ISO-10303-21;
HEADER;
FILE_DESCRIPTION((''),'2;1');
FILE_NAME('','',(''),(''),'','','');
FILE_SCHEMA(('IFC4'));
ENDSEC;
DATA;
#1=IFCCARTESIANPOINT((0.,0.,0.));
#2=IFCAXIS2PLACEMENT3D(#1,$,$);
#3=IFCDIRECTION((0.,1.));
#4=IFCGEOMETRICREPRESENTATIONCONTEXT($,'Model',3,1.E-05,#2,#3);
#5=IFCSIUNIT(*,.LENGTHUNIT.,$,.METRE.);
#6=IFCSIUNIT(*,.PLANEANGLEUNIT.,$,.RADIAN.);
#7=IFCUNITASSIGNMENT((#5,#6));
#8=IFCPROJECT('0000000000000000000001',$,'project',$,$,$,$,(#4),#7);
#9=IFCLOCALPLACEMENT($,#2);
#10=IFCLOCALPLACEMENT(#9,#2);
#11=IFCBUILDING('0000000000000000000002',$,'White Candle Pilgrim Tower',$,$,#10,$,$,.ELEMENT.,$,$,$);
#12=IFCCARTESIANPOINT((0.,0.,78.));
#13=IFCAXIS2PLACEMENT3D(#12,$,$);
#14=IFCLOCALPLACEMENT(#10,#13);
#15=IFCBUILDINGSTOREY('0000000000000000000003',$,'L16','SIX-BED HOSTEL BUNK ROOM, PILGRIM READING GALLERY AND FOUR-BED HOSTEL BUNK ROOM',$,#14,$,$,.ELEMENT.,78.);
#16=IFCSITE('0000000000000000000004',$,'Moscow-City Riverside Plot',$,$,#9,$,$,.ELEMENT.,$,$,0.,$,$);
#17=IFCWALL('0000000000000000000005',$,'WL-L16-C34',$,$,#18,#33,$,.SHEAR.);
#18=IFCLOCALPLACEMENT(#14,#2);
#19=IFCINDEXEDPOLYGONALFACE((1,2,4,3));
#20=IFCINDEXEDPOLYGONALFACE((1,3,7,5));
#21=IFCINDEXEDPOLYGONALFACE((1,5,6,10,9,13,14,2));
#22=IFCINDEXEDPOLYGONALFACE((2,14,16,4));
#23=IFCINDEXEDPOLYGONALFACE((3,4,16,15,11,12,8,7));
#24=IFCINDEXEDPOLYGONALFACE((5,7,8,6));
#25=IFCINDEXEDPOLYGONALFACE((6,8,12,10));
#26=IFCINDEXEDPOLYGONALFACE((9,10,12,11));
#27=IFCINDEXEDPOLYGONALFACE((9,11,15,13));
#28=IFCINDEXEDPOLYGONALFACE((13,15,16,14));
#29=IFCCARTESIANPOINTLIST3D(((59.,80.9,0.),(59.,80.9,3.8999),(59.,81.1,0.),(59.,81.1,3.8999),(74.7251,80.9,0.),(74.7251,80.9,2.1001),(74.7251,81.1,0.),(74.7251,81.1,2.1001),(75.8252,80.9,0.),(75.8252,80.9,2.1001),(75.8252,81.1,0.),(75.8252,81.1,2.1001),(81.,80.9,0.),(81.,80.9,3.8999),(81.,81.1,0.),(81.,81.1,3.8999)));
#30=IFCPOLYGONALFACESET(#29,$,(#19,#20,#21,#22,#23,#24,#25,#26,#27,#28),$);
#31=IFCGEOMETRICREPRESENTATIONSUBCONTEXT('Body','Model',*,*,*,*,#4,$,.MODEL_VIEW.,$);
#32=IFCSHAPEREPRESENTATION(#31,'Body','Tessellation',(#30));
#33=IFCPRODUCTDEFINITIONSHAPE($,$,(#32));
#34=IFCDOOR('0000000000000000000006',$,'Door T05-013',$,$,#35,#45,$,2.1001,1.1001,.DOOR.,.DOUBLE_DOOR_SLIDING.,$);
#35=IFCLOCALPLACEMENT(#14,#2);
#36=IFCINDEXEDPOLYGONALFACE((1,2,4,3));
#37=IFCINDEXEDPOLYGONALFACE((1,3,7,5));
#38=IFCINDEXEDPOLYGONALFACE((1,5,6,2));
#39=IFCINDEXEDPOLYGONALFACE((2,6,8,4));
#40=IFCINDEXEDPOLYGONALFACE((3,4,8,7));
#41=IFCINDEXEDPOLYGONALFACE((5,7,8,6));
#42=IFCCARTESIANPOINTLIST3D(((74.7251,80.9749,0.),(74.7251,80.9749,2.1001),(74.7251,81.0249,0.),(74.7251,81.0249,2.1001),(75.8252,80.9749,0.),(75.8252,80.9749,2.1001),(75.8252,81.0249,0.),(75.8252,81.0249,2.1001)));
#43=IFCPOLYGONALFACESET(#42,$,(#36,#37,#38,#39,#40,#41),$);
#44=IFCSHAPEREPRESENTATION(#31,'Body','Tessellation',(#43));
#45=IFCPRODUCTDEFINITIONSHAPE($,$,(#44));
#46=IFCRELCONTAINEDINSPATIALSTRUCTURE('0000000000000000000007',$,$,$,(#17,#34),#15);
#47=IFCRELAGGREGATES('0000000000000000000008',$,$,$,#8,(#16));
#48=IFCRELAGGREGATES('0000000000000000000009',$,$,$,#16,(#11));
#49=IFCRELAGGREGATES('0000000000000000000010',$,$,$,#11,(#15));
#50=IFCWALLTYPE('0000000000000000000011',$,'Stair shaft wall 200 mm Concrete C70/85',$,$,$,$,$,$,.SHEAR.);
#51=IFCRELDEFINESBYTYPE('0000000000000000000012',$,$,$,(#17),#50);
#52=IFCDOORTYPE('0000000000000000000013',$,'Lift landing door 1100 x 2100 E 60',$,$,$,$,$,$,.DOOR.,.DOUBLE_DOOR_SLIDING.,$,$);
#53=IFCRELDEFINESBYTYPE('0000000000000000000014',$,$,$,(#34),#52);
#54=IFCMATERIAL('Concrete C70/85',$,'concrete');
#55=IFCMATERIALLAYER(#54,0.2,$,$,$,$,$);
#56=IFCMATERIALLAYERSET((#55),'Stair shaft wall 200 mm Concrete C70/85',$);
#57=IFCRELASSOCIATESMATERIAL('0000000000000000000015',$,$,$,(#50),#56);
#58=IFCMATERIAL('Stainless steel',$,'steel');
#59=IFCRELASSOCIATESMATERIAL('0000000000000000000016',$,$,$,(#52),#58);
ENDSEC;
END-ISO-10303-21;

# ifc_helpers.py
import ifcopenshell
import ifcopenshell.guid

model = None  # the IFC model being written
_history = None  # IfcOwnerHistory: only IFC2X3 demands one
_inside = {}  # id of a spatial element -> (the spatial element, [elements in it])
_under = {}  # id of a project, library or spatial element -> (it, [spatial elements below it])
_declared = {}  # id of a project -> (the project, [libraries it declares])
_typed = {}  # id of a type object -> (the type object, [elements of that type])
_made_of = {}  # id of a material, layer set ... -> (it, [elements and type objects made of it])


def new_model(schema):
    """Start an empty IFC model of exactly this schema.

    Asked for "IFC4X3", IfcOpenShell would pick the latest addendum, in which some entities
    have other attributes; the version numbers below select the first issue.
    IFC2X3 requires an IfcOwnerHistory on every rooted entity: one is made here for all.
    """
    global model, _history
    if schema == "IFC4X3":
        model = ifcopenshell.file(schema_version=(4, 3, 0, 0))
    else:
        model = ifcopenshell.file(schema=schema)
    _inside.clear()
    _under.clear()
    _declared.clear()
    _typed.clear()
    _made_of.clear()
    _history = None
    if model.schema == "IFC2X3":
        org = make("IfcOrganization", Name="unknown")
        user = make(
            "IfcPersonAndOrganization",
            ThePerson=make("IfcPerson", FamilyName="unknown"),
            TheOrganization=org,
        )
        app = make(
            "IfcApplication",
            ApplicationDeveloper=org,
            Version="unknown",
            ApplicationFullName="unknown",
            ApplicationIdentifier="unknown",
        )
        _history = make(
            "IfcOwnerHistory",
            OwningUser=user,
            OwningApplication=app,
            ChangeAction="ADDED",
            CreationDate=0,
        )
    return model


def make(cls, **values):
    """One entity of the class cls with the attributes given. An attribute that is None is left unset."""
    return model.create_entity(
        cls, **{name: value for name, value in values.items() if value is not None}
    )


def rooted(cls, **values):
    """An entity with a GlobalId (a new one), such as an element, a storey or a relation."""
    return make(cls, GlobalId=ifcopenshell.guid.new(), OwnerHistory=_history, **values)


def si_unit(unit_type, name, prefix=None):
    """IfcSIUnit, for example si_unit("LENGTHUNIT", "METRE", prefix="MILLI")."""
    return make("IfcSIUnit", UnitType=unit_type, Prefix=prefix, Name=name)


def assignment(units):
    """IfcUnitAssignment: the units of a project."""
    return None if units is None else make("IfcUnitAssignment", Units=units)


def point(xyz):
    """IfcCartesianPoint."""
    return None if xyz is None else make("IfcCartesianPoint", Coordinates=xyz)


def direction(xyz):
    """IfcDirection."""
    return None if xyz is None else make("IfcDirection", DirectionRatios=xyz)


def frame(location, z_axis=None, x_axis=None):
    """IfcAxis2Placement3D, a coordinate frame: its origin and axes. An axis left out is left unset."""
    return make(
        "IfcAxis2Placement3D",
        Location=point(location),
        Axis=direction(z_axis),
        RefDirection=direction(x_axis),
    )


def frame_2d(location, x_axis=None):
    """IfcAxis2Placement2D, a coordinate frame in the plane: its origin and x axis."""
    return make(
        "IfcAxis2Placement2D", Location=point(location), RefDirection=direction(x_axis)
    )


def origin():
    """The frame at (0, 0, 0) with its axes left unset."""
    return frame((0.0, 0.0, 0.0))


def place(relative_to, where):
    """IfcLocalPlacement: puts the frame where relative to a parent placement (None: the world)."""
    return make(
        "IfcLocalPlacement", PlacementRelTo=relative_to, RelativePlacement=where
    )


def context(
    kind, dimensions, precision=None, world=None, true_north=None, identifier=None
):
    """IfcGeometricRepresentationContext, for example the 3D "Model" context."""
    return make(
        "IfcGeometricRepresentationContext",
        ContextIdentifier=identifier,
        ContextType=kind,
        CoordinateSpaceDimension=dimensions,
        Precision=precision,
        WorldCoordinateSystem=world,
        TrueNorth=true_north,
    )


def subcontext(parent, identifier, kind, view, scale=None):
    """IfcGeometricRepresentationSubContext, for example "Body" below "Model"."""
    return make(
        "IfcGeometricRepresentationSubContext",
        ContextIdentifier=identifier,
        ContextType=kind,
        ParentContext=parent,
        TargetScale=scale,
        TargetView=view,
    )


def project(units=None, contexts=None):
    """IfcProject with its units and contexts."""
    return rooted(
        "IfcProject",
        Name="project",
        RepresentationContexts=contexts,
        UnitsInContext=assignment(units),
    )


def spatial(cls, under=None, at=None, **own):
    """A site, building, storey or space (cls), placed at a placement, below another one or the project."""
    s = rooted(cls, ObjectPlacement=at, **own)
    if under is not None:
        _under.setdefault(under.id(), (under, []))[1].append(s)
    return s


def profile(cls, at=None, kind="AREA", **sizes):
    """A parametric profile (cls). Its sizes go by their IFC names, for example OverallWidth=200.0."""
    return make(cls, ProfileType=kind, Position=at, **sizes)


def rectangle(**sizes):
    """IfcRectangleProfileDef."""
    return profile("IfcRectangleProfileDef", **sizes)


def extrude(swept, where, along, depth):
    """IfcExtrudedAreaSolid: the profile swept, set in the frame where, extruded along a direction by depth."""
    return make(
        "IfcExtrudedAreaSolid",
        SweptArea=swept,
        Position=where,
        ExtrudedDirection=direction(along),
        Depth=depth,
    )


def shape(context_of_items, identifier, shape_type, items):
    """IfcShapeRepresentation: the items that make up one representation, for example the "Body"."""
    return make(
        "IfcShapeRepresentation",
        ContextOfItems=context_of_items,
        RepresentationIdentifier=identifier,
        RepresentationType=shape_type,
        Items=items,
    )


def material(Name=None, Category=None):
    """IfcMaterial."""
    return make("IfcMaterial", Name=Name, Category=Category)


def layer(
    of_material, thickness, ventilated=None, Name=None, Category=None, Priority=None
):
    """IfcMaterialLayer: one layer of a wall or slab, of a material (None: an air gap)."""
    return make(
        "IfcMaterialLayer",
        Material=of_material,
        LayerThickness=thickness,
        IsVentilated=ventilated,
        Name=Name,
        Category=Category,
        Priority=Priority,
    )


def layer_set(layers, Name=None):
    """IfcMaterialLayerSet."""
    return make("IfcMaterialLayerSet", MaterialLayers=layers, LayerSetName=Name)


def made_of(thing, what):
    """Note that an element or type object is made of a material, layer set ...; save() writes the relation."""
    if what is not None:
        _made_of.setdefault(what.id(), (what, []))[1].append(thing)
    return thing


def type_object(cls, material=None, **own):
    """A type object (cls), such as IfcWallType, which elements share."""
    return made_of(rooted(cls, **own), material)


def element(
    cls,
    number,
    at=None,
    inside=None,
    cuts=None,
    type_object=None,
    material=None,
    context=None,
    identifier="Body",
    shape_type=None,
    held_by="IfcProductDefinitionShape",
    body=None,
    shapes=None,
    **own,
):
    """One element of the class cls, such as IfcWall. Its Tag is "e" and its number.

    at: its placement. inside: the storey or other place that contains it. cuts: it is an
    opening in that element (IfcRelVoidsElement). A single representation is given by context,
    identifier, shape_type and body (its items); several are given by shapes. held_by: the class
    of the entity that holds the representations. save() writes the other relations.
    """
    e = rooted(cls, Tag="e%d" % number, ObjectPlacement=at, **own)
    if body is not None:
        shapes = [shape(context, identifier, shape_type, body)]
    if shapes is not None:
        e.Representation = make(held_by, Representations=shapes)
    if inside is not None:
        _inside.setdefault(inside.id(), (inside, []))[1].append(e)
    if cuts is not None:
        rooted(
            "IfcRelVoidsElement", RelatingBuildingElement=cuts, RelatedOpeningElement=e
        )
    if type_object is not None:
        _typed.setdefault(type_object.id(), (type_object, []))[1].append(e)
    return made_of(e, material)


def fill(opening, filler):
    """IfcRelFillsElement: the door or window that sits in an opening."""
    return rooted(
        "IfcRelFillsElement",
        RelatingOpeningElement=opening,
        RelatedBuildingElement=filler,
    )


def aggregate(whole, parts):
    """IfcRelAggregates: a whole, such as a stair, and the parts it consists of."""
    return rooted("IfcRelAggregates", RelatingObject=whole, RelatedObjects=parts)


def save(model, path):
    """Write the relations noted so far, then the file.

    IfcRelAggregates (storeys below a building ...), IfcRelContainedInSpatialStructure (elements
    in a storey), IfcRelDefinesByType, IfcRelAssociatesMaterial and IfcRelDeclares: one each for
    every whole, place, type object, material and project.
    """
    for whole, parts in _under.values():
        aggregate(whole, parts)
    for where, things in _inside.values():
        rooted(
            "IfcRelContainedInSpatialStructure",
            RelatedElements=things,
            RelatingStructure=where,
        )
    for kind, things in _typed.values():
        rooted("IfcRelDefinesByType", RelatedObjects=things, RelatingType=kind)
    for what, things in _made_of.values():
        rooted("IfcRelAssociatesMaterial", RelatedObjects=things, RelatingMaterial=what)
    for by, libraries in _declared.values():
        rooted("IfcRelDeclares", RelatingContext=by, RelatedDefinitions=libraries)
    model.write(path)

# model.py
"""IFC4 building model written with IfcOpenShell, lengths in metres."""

from ifc_helpers import new_model, si_unit, direction, frame, frame_2d, origin, place, context, subcontext, project, spatial, rectangle, extrude, material, layer, layer_set, type_object, element, fill, save


model = new_model("IFC4")

# Units and contexts
model_context = context("Model", 3, precision=1e-05, world=origin(), true_north=direction((0.0, 1.0)))
body_context = subcontext(model_context, "Body", "Model", "MODEL_VIEW")
ifc_project = project(units=[si_unit("LENGTHUNIT", "METRE"), si_unit("PLANEANGLEUNIT", "RADIAN")], contexts=[model_context])

# Site, building, storey
site_placement = place(None, origin())
site = spatial("IfcSite", under=ifc_project, at=site_placement, Name="Moscow-City Riverside Plot", CompositionType="ELEMENT", RefElevation=0.0)
building_placement = place(site_placement, origin())
building = spatial("IfcBuilding", under=site, at=building_placement, Name="White Candle Pilgrim Tower", CompositionType="ELEMENT")
storey_placement = place(building_placement, frame((0.0, 0.0, 78.0)))
storey = spatial("IfcBuildingStorey", under=building, at=storey_placement, Name="L16", Description="SIX-BED HOSTEL BUNK ROOM, PILGRIM READING GALLERY AND FOUR-BED HOSTEL BUNK ROOM", CompositionType="ELEMENT", Elevation=78.0)

# Shared definitions
ifc_material_1 = material(Name="Concrete C70/85", Category="concrete")

# Wall, opening, door
ifc_layer_1 = layer(ifc_material_1, 0.2)
ifc_layer_set_1 = layer_set([ifc_layer_1], Name="Stair shaft wall 200 mm Concrete C70/85")
wall_type_1 = type_object("IfcWallType", Name="Stair shaft wall 200 mm Concrete C70/85", PredefinedType="SHEAR", material=ifc_layer_set_1)
wall_1_placement = place(storey_placement, frame((59.0, 81.0, 0.0), z_axis=(0.0, 0.0, 1.0), x_axis=(1.0, 0.0, 0.0)))
wall_1 = element("IfcWall", 1, at=wall_1_placement, inside=storey, type_object=wall_type_1, Name="WL-L16-C34", PredefinedType="SHEAR", context=body_context, shape_type="SweptSolid", body=[
    extrude(rectangle(XDim=22.0, YDim=0.2, at=frame_2d((11.0, 0.0))), origin(), (0.0, 0.0, 1.0), 3.8999),
])
opening_placement = place(wall_1_placement, frame((15.7251, 0.0, 0.0)))
opening = element("IfcOpeningElement", 2, at=opening_placement, cuts=wall_1, PredefinedType="OPENING", context=body_context, shape_type="SweptSolid", body=[
    extrude(rectangle(XDim=1.1001, YDim=2.1001, at=frame_2d((0.55, 1.05))), frame((0.0, 0.1099, 0.0), z_axis=(0.0, -1.0, 0.0), x_axis=(1.0, 0.0, 0.0)), (0.0, 0.0, 1.0), 0.22),
])
ifc_material_2 = material(Name="Stainless steel", Category="steel")
door_type = type_object("IfcDoorType", Name="Lift landing door 1100 x 2100 E 60", OperationType="DOUBLE_DOOR_SLIDING", PredefinedType="DOOR", material=ifc_material_2)
door_placement = place(opening_placement, origin())
door = element("IfcDoor", 3, at=door_placement, inside=storey, type_object=door_type, Name="Door T05-013", OperationType="DOUBLE_DOOR_SLIDING", OverallHeight=2.1001, OverallWidth=1.1001, PredefinedType="DOOR", context=body_context, shape_type="SweptSolid", body=[
    extrude(rectangle(XDim=1.1001, YDim=2.1001, at=frame_2d((0.55, 1.05))), frame((0.0, 0.0249, 0.0), z_axis=(0.0, -1.0, 0.0), x_axis=(1.0, 0.0, 0.0)), (0.0, 0.0, 1.0), 0.05),
])
fill(opening, door)

save(model, "model.ifc")
